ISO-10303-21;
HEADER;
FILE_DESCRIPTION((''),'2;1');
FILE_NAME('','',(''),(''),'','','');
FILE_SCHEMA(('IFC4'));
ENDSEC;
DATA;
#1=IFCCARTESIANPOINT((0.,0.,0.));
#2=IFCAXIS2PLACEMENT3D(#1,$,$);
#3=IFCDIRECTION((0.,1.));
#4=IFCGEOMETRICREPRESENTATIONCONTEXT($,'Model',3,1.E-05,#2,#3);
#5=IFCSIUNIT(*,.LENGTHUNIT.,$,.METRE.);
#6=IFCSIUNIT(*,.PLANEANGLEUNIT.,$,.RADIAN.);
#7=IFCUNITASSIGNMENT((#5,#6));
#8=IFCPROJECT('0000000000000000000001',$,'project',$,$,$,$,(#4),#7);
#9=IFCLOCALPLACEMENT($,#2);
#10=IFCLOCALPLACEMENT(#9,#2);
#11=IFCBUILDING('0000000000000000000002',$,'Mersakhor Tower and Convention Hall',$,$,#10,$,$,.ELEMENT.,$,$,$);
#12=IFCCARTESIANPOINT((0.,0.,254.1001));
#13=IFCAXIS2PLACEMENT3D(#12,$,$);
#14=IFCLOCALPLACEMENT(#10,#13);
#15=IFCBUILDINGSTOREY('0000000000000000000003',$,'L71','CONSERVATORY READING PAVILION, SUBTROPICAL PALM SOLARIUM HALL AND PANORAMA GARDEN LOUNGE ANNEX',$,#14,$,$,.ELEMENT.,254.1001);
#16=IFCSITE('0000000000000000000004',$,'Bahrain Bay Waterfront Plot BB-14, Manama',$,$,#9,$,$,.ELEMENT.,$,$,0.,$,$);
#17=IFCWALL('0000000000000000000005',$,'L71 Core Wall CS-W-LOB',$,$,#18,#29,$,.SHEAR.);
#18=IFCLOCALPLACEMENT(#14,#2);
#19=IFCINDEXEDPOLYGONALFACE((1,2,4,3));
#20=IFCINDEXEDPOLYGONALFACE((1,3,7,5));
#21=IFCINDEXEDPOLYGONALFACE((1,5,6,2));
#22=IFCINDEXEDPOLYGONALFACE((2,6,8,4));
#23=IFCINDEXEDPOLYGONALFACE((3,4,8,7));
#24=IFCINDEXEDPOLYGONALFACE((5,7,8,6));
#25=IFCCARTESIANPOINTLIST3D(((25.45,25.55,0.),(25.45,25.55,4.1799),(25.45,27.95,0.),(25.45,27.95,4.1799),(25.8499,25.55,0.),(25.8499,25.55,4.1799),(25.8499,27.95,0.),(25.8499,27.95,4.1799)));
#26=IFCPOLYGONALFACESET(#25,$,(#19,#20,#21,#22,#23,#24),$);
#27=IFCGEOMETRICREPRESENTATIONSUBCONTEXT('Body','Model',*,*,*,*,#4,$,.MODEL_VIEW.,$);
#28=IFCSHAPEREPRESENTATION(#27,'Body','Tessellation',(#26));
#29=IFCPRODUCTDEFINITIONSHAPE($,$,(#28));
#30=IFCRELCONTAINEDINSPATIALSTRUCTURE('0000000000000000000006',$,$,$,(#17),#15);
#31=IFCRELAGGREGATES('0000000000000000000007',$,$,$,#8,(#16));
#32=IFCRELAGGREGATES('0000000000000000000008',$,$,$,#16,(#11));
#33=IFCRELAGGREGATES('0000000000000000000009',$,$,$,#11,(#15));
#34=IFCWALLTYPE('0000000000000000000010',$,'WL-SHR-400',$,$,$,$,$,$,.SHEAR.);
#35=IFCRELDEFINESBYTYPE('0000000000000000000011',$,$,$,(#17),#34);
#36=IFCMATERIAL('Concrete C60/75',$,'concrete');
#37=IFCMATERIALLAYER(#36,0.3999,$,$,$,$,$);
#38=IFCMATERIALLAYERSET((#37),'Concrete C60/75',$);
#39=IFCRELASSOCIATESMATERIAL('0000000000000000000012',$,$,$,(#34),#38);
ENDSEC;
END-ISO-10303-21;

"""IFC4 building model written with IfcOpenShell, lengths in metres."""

from ifc_helpers import new_model, si_unit, direction, frame, frame_2d, origin, place, context, subcontext, project, spatial, rectangle, extrude, material, layer, layer_set, type_object, element, save


model = new_model("IFC4")

# Units and contexts
model_context = context("Model", 3, precision=1e-05, world=origin(), true_north=direction((0.0, 1.0)))
body_context = subcontext(model_context, "Body", "Model", "MODEL_VIEW")
ifc_project = project(units=[si_unit("LENGTHUNIT", "METRE"), si_unit("PLANEANGLEUNIT", "RADIAN")], contexts=[model_context])

# Site, building, storey
site_placement = place(None, origin())
site = spatial("IfcSite", under=ifc_project, at=site_placement, Name="Bahrain Bay Waterfront Plot BB-14, Manama", CompositionType="ELEMENT", RefElevation=0.0)
building_placement = place(site_placement, origin())
building = spatial("IfcBuilding", under=site, at=building_placement, Name="Mersakhor Tower and Convention Hall", CompositionType="ELEMENT")
storey_placement = place(building_placement, frame((0.0, 0.0, 254.1001)))
storey = spatial("IfcBuildingStorey", under=building, at=storey_placement, Name="L71", Description="CONSERVATORY READING PAVILION, SUBTROPICAL PALM SOLARIUM HALL AND PANORAMA GARDEN LOUNGE ANNEX", CompositionType="ELEMENT", Elevation=254.1001)

# Shared definitions
ifc_material_1 = material(Name="Concrete C60/75", Category="concrete")
ifc_layer_1 = layer(ifc_material_1, 0.3999)
ifc_layer_set_1 = layer_set([ifc_layer_1], Name="Concrete C60/75")
wall_type_1 = type_object("IfcWallType", Name="WL-SHR-400", PredefinedType="SHEAR", material=ifc_layer_set_1)

# Wall
wall_1_placement = place(storey_placement, frame((25.6499, 25.55, 0.0), z_axis=(0.0, 0.0, 1.0), x_axis=(0.0, 1.0, 0.0)))
element("IfcWall", 1, at=wall_1_placement, inside=storey, type_object=wall_type_1, Name="L71 Core Wall CS-W-LOB", PredefinedType="SHEAR", context=body_context, shape_type="SweptSolid", body=[
    extrude(rectangle(XDim=2.3999, YDim=0.3999, at=frame_2d((1.2, 0.0))), origin(), (0.0, 0.0, 1.0), 4.1799),
])

save(model, "model.ifc")
